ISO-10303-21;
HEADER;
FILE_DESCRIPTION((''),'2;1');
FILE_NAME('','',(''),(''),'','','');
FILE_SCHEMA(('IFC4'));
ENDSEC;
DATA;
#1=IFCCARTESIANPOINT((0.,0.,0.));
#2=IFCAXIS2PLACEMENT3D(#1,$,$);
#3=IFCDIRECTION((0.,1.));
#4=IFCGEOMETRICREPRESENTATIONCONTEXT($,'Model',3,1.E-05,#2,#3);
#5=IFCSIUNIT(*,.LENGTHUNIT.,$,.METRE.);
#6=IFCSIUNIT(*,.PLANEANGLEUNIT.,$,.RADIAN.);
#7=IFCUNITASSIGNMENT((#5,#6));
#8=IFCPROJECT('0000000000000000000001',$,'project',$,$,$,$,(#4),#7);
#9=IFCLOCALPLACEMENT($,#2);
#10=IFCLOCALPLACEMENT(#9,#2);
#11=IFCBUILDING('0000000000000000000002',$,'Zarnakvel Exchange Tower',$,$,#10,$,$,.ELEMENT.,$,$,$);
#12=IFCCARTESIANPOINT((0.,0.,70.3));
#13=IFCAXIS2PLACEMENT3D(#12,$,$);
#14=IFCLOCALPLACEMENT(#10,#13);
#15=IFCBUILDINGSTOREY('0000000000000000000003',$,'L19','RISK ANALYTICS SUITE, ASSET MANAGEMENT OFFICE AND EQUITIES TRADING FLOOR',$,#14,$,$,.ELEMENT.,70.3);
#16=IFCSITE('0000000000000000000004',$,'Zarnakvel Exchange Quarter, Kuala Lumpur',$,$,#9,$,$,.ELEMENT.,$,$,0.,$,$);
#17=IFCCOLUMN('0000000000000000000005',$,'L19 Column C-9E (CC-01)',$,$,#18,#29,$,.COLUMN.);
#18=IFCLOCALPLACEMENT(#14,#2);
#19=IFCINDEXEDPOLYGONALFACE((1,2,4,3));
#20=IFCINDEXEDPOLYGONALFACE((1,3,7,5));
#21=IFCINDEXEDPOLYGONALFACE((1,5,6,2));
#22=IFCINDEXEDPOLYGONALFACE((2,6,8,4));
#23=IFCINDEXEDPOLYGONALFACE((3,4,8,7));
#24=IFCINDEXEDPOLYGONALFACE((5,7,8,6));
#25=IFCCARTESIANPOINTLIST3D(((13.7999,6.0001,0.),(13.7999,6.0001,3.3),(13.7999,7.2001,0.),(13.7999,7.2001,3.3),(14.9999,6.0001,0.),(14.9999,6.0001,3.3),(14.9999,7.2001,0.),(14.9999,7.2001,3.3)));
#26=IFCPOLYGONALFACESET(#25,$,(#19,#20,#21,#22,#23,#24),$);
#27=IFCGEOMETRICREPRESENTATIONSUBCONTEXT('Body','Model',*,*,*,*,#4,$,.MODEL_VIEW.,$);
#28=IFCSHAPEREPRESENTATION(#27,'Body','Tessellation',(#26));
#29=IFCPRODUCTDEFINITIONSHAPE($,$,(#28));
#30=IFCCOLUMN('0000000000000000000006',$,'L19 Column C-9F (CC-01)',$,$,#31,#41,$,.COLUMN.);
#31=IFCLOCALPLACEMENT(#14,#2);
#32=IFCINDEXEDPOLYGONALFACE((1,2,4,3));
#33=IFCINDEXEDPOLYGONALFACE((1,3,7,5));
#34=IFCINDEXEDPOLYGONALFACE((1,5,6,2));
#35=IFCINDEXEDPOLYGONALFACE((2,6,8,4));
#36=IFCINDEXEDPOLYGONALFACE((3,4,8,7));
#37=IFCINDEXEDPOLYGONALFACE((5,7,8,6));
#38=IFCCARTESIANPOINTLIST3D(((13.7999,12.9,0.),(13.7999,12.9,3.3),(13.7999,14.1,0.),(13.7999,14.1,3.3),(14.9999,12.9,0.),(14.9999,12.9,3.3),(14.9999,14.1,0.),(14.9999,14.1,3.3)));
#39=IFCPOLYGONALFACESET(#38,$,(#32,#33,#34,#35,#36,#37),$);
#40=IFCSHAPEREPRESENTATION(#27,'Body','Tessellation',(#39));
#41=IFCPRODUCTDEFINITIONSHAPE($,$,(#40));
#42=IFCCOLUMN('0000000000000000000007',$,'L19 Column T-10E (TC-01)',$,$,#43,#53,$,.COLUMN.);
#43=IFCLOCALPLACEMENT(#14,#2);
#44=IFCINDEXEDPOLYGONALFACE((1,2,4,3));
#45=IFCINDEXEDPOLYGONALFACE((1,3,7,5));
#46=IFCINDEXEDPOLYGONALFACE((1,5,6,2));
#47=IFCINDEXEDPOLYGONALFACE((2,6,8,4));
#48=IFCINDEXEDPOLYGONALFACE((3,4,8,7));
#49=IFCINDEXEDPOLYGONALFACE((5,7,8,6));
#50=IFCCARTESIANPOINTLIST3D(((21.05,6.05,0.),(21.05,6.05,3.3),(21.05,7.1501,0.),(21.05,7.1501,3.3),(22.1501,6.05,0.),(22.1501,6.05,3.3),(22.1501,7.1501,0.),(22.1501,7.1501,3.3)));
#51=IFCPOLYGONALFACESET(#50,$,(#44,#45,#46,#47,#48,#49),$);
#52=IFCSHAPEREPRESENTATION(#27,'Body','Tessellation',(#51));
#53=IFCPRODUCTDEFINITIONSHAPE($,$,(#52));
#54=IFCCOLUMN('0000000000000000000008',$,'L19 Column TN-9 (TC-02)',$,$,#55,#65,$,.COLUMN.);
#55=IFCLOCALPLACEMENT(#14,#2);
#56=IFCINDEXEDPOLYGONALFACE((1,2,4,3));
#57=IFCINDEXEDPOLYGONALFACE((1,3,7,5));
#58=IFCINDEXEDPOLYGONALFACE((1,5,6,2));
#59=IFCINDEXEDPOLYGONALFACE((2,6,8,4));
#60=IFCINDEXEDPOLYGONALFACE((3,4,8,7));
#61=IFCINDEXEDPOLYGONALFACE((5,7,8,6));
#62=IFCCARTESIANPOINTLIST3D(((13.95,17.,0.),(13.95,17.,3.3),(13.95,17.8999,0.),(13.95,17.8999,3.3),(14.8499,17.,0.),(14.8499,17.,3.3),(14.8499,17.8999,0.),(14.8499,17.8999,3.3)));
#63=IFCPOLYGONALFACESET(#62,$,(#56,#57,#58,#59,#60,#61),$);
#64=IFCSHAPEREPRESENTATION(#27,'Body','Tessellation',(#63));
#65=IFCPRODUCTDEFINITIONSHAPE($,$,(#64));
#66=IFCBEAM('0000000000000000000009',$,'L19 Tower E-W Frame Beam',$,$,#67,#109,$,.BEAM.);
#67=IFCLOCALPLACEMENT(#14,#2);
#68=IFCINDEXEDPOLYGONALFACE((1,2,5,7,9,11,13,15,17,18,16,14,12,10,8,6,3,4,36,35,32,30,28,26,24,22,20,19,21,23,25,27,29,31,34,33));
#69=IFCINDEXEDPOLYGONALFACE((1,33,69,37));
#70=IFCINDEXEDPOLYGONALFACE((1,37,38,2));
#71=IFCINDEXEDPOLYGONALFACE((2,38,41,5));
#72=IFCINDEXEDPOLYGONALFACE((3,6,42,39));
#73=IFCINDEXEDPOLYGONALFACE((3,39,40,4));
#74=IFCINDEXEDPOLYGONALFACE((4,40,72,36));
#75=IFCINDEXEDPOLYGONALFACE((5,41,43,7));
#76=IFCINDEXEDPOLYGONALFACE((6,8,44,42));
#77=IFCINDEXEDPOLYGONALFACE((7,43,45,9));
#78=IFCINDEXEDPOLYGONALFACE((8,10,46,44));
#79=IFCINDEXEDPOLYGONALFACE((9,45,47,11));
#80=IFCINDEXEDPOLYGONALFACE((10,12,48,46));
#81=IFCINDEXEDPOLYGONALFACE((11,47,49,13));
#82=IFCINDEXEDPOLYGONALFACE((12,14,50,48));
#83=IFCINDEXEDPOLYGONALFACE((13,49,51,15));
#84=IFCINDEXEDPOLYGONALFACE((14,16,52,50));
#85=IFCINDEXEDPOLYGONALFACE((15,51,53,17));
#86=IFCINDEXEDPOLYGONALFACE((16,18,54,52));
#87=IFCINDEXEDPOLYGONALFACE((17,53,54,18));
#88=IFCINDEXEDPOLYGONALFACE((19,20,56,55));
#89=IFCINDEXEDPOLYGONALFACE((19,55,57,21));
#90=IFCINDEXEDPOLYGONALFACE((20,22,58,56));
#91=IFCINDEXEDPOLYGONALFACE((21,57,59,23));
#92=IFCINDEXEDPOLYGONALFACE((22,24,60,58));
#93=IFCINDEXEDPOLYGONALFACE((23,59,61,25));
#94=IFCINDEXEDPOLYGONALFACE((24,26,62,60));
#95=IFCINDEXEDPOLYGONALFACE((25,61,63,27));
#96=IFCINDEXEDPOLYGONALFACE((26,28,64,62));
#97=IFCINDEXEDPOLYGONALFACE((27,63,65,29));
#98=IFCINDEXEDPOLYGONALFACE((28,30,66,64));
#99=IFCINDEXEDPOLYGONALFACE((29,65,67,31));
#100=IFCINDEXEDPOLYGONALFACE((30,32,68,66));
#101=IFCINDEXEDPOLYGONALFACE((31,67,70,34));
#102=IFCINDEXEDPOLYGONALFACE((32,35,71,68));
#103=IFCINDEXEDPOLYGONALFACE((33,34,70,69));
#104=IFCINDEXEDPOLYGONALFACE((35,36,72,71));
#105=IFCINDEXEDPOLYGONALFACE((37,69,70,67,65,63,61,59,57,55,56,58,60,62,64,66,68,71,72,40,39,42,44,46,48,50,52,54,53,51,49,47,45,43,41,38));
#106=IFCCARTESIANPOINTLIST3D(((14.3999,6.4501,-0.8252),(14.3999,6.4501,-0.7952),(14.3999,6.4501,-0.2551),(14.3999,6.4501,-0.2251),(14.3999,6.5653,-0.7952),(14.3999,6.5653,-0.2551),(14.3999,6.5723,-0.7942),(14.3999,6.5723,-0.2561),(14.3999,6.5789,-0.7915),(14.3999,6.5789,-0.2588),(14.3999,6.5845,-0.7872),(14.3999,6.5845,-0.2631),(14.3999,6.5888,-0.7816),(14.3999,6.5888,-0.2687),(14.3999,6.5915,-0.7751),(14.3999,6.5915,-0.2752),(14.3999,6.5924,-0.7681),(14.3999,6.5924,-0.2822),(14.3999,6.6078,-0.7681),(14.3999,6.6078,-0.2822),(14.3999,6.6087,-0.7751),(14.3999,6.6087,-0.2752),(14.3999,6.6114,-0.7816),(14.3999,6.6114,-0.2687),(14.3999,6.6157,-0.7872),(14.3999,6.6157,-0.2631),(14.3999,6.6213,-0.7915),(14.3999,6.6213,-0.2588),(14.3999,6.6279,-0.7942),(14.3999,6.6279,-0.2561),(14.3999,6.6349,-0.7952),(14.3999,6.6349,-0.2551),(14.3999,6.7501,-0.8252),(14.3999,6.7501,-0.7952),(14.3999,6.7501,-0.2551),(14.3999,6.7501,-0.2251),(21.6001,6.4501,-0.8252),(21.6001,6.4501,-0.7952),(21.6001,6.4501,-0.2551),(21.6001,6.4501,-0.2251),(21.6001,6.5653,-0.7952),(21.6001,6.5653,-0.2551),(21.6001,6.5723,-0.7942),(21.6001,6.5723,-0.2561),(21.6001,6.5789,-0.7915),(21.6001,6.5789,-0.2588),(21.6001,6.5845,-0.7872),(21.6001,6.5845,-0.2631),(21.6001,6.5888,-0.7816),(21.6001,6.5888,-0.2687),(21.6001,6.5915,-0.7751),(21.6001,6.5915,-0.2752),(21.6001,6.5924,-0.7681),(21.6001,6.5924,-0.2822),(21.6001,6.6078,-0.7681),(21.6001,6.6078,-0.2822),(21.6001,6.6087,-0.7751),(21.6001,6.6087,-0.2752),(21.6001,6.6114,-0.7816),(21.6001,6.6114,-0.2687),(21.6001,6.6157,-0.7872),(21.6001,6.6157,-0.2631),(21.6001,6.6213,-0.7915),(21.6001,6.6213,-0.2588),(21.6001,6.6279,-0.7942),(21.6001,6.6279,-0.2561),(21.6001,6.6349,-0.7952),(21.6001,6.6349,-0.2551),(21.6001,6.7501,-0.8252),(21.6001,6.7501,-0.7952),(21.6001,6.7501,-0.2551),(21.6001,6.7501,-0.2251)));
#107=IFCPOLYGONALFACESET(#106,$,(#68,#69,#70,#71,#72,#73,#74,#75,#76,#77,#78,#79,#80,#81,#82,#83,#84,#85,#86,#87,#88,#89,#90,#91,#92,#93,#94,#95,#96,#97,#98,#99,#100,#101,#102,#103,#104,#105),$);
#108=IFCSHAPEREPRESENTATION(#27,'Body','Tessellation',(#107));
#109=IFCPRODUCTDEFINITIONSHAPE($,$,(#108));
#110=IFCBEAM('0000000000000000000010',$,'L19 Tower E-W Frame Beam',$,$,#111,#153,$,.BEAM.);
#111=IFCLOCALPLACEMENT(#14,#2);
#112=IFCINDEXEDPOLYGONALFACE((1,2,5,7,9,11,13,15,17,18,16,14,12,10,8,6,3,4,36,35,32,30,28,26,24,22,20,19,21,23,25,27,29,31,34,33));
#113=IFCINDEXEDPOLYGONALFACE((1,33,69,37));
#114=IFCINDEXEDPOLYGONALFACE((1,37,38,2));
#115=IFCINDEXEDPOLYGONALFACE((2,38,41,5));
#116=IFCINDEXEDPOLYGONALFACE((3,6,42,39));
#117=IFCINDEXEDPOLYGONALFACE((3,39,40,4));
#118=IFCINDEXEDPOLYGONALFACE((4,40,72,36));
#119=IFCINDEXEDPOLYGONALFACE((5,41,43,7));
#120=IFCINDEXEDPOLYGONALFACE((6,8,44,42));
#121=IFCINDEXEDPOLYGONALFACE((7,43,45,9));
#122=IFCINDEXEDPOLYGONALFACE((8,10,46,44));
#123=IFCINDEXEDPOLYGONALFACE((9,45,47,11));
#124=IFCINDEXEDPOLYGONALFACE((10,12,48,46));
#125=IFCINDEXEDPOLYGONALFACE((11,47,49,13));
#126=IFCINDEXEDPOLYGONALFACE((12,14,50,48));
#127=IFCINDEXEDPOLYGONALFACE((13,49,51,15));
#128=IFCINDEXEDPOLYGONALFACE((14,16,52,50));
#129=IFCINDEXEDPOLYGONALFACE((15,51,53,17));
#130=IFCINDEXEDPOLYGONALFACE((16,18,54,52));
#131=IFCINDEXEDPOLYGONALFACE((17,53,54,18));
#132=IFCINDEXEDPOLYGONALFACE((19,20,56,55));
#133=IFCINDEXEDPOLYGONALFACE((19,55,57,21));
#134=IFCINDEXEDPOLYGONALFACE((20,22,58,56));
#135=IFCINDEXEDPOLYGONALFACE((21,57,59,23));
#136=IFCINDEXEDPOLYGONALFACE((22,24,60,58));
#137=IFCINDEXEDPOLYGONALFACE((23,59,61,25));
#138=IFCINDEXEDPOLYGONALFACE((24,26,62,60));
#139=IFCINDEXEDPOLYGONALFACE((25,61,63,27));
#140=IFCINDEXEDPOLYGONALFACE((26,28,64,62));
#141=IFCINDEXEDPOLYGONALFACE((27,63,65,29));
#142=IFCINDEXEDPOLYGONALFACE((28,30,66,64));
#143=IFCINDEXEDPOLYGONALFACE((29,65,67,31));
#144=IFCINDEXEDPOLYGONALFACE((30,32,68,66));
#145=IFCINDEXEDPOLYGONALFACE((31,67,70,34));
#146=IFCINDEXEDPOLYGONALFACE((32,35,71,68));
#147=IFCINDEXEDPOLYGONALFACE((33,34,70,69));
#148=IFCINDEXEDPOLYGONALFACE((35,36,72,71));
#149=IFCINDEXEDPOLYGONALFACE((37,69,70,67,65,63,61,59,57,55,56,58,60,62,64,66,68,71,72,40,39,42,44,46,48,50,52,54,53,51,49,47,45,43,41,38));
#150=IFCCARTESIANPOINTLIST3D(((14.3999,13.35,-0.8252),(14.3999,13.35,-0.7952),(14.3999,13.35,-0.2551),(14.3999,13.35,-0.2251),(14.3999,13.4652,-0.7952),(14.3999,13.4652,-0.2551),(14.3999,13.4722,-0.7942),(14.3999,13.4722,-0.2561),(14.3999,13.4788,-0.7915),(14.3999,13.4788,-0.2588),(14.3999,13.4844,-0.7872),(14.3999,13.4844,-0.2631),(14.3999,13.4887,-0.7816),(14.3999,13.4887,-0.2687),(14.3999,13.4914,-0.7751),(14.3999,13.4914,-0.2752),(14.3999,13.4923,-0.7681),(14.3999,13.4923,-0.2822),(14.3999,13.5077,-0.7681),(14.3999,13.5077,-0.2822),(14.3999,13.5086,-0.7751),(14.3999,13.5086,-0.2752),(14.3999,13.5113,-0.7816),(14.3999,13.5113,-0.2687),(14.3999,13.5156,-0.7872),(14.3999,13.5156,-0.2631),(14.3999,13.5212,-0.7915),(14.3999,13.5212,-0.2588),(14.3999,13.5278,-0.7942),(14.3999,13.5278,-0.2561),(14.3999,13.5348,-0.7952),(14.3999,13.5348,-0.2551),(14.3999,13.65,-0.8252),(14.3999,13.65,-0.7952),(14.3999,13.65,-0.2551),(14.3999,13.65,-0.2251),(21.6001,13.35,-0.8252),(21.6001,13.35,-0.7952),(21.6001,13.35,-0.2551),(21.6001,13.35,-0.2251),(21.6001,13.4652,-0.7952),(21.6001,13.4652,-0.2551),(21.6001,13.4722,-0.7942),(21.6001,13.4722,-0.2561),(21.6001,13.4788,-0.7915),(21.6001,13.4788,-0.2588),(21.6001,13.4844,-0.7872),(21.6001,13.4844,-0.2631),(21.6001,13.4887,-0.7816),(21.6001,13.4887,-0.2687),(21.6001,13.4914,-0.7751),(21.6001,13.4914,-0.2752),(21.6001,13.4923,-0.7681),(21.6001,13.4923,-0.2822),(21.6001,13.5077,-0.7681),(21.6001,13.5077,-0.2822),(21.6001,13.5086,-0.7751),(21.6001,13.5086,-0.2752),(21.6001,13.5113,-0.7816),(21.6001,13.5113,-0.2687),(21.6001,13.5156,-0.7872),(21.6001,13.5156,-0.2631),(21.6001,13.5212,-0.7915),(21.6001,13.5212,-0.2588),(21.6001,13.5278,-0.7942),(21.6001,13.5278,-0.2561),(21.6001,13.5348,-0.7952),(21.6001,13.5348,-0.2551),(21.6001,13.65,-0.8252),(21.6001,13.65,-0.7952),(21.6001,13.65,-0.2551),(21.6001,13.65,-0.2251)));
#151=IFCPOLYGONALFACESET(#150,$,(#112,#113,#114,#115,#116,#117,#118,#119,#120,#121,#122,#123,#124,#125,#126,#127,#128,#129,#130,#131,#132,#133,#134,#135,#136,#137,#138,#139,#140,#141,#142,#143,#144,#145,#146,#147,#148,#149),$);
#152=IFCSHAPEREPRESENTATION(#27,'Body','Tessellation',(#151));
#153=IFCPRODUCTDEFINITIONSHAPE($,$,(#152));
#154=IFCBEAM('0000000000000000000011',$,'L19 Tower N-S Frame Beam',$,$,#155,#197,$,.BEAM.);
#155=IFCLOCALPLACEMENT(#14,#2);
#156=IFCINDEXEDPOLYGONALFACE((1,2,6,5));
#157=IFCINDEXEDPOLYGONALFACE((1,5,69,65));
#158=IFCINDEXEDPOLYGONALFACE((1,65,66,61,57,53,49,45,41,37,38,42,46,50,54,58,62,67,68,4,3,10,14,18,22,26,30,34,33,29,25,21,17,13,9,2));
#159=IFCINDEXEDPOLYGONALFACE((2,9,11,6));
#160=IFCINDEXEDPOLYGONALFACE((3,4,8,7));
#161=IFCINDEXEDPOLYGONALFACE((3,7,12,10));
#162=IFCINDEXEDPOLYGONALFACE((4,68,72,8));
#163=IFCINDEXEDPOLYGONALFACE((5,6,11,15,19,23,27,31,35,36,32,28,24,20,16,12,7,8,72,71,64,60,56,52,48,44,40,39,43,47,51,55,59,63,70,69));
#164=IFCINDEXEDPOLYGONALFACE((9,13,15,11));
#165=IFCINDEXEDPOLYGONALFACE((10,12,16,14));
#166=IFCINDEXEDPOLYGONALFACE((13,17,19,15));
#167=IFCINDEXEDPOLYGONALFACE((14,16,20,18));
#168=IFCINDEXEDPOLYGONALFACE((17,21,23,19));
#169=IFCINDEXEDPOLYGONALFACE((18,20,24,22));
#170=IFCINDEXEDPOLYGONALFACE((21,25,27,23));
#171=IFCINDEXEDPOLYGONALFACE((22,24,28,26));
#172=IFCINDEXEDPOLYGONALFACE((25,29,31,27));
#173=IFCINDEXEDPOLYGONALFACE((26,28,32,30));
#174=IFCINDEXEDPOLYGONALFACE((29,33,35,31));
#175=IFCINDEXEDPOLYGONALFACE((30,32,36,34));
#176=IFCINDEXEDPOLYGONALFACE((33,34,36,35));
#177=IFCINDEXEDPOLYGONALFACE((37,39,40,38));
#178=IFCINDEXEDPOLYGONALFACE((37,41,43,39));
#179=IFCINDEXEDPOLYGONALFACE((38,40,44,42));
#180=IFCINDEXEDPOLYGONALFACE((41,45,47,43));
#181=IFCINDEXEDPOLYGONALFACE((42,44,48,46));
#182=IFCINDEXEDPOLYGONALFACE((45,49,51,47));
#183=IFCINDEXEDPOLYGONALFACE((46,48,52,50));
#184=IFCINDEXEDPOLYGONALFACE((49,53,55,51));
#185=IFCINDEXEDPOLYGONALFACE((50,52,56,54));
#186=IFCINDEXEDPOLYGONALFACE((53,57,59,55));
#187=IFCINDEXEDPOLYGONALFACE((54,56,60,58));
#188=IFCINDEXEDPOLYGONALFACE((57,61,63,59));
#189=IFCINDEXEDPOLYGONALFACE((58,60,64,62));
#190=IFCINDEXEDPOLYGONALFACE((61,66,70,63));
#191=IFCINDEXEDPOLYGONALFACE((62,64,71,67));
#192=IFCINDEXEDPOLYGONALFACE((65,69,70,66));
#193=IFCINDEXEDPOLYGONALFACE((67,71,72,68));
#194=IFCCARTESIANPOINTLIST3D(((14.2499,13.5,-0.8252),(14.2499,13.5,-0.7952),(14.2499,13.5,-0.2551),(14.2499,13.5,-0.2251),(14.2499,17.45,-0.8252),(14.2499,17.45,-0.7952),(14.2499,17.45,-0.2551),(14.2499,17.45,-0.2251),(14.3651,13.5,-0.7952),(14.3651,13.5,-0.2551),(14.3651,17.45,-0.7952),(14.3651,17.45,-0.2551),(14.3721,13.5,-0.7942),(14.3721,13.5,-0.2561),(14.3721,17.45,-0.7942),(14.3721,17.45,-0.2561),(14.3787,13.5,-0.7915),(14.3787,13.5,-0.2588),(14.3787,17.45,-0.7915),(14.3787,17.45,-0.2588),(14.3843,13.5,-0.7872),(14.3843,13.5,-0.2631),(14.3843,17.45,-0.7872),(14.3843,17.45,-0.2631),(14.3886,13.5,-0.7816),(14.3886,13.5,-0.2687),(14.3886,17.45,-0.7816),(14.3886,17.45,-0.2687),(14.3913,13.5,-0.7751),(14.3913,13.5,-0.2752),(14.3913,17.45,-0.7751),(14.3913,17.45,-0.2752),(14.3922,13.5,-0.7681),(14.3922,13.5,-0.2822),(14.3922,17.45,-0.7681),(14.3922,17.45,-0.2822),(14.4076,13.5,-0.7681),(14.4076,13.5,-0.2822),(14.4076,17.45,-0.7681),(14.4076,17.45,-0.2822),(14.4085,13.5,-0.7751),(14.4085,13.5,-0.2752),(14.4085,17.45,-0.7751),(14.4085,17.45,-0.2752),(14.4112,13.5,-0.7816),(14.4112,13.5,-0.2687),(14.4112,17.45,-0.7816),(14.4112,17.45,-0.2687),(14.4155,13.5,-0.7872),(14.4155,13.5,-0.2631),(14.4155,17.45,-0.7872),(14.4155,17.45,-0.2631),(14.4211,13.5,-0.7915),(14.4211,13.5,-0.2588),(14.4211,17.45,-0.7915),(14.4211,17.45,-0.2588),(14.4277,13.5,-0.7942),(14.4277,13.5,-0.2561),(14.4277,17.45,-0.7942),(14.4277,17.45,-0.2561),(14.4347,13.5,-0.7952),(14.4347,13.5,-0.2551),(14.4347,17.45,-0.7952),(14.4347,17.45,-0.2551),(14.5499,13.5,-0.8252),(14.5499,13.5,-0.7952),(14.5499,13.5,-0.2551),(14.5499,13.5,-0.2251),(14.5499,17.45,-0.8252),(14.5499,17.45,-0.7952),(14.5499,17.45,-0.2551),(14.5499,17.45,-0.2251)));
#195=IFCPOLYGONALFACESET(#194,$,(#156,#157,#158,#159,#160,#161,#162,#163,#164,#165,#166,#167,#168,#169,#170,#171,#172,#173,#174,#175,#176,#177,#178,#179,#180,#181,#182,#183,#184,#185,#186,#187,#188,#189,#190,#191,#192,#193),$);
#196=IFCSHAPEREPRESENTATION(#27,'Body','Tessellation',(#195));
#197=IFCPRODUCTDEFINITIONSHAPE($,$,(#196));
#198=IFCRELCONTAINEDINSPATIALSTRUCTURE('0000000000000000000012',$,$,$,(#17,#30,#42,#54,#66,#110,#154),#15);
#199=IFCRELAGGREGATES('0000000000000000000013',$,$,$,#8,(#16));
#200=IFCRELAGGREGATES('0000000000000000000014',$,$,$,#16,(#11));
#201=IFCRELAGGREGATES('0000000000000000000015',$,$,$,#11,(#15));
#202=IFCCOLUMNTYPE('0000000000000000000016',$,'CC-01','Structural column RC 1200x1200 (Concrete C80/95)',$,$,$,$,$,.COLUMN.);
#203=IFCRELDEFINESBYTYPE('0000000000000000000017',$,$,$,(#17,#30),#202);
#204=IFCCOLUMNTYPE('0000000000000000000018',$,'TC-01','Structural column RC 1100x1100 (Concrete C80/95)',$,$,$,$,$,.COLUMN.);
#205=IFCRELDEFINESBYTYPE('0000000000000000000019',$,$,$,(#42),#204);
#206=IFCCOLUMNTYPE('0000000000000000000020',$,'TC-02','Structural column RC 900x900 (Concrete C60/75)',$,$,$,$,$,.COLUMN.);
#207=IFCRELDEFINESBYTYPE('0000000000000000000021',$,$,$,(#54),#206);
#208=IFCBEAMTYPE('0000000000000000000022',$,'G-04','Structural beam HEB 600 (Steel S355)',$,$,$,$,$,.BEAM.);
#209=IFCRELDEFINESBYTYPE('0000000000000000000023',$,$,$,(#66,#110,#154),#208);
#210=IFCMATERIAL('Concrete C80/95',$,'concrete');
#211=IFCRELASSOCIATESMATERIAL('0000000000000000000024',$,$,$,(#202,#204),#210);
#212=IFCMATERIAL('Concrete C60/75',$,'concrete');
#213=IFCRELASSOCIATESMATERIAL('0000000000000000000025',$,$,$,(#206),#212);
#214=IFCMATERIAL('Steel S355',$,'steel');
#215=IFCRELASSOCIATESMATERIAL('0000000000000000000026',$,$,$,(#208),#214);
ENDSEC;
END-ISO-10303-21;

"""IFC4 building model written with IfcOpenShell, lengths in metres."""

from ifc_helpers import new_model, si_unit, direction, frame, origin, origin_2d, place, context, subcontext, project, spatial, rectangle, i_section, extrude, material, material_profile, profile_set, type_object, element, save


model = new_model("IFC4")

# Units and contexts
model_context = context("Model", 3, precision=1e-05, world=origin(), true_north=direction((0.0, 1.0)))
body_context = subcontext(model_context, "Body", "Model", "MODEL_VIEW")
ifc_project = project(units=[si_unit("LENGTHUNIT", "METRE"), si_unit("PLANEANGLEUNIT", "RADIAN")], contexts=[model_context])

# Site, building, storey
site_placement = place(None, origin())
site = spatial("IfcSite", under=ifc_project, at=site_placement, Name="Zarnakvel Exchange Quarter, Kuala Lumpur", CompositionType="ELEMENT", RefElevation=0.0)
building_placement = place(site_placement, origin())
building = spatial("IfcBuilding", under=site, at=building_placement, Name="Zarnakvel Exchange Tower", CompositionType="ELEMENT")
storey_placement = place(building_placement, frame((0.0, 0.0, 70.3)))
storey = spatial("IfcBuildingStorey", under=building, at=storey_placement, Name="L19", Description="RISK ANALYTICS SUITE, ASSET MANAGEMENT OFFICE AND EQUITIES TRADING FLOOR", CompositionType="ELEMENT", Elevation=70.3)

# Columns
ifc_material_1 = material(Name="Concrete C80/95", Category="concrete")
ifc_material_profile_1 = material_profile(ifc_material_1, rectangle(XDim=1.2, YDim=1.2, at=origin_2d()))
ifc_profile_set_1 = profile_set([ifc_material_profile_1], Name="Concrete C80/95")
column_type_1 = type_object("IfcColumnType", Name="CC-01", Description="Structural column RC 1200x1200 (Concrete C80/95)", PredefinedType="COLUMN", material=ifc_profile_set_1)
for number, where, z_axis, x_axis, name in (
    (1, (14.3999, 6.6001, 0.0), (0.0, 0.0, 1.0), (1.0, 0.0, 0.0), "L19 Column C-9E (CC-01)"),
    (2, (14.3999, 13.5, 0.0), (0.0, 0.0, 1.0), (1.0, 0.0, 0.0), "L19 Column C-9F (CC-01)"),
):
    element("IfcColumn", number, at=place(storey_placement, frame(where, z_axis=z_axis, x_axis=x_axis)), inside=storey, type_object=column_type_1, Name=name, PredefinedType="COLUMN", context=body_context, shape_type="SweptSolid", body=[
        extrude(rectangle(XDim=1.2, YDim=1.2, at=origin_2d()), origin(), (0.0, 0.0, 1.0), 3.3),
    ])
ifc_material_profile_2 = material_profile(ifc_material_1, rectangle(XDim=1.1001, YDim=1.1001, at=origin_2d()))
ifc_profile_set_2 = profile_set([ifc_material_profile_2], Name="Concrete C80/95")
column_type_2 = type_object("IfcColumnType", Name="TC-01", Description="Structural column RC 1100x1100 (Concrete C80/95)", PredefinedType="COLUMN", material=ifc_profile_set_2)
column_1_placement = place(storey_placement, frame((21.6001, 6.6001, 0.0), z_axis=(0.0, 0.0, 1.0), x_axis=(1.0, 0.0, 0.0)))
element("IfcColumn", 3, at=column_1_placement, inside=storey, type_object=column_type_2, Name="L19 Column T-10E (TC-01)", PredefinedType="COLUMN", context=body_context, shape_type="SweptSolid", body=[
    extrude(rectangle(XDim=1.1001, YDim=1.1001, at=origin_2d()), origin(), (0.0, 0.0, 1.0), 3.3),
])
ifc_material_2 = material(Name="Concrete C60/75", Category="concrete")
ifc_material_profile_3 = material_profile(ifc_material_2, rectangle(XDim=0.8999, YDim=0.8999, at=origin_2d()))
ifc_profile_set_3 = profile_set([ifc_material_profile_3], Name="Concrete C60/75")
column_type_3 = type_object("IfcColumnType", Name="TC-02", Description="Structural column RC 900x900 (Concrete C60/75)", PredefinedType="COLUMN", material=ifc_profile_set_3)
column_2_placement = place(storey_placement, frame((14.3999, 17.45, 0.0), z_axis=(0.0, 0.0, 1.0), x_axis=(1.0, 0.0, 0.0)))
element("IfcColumn", 4, at=column_2_placement, inside=storey, type_object=column_type_3, Name="L19 Column TN-9 (TC-02)", PredefinedType="COLUMN", context=body_context, shape_type="SweptSolid", body=[
    extrude(rectangle(XDim=0.8999, YDim=0.8999, at=origin_2d()), origin(), (0.0, 0.0, 1.0), 3.3),
])

# Beams
ifc_material_3 = material(Name="Steel S355", Category="steel")
ifc_material_profile_4 = material_profile(ifc_material_3, i_section(OverallWidth=0.3, OverallDepth=0.6001, WebThickness=0.0154, FlangeThickness=0.03, FilletRadius=0.0271, at=origin_2d()))
ifc_profile_set_4 = profile_set([ifc_material_profile_4], Name="Steel S355")
beam_type_1 = type_object("IfcBeamType", Name="G-04", Description="Structural beam HEB 600 (Steel S355)", PredefinedType="BEAM", material=ifc_profile_set_4)
for number, where, z_axis, x_axis, name in (
    (5, (14.3999, 6.6001, -0.5251), (1.0, 0.0, 0.0), (0.0, 1.0, 0.0), "L19 Tower E-W Frame Beam"),
    (6, (14.3999, 13.5, -0.5251), (1.0, 0.0, 0.0), (0.0, 1.0, 0.0), "L19 Tower E-W Frame Beam"),
):
    element("IfcBeam", number, at=place(storey_placement, frame(where, z_axis=z_axis, x_axis=x_axis)), inside=storey, type_object=beam_type_1, Name=name, PredefinedType="BEAM", context=body_context, shape_type="SweptSolid", body=[
        extrude(i_section(OverallWidth=0.3, OverallDepth=0.6001, WebThickness=0.0154, FlangeThickness=0.03, FilletRadius=0.0271, at=origin_2d()), origin(), (0.0, 0.0, 1.0), 7.2002),
    ])
beam_1_placement = place(storey_placement, frame((14.3999, 13.5, -0.5251), z_axis=(0.0, 1.0, 0.0), x_axis=(-1.0, 0.0, 0.0)))
element("IfcBeam", 7, at=beam_1_placement, inside=storey, type_object=beam_type_1, Name="L19 Tower N-S Frame Beam", PredefinedType="BEAM", context=body_context, shape_type="SweptSolid", body=[
    extrude(i_section(OverallWidth=0.3, OverallDepth=0.6001, WebThickness=0.0154, FlangeThickness=0.03, FilletRadius=0.0271, at=origin_2d()), origin(), (0.0, 0.0, 1.0), 3.95),
])

save(model, "model.ifc")
